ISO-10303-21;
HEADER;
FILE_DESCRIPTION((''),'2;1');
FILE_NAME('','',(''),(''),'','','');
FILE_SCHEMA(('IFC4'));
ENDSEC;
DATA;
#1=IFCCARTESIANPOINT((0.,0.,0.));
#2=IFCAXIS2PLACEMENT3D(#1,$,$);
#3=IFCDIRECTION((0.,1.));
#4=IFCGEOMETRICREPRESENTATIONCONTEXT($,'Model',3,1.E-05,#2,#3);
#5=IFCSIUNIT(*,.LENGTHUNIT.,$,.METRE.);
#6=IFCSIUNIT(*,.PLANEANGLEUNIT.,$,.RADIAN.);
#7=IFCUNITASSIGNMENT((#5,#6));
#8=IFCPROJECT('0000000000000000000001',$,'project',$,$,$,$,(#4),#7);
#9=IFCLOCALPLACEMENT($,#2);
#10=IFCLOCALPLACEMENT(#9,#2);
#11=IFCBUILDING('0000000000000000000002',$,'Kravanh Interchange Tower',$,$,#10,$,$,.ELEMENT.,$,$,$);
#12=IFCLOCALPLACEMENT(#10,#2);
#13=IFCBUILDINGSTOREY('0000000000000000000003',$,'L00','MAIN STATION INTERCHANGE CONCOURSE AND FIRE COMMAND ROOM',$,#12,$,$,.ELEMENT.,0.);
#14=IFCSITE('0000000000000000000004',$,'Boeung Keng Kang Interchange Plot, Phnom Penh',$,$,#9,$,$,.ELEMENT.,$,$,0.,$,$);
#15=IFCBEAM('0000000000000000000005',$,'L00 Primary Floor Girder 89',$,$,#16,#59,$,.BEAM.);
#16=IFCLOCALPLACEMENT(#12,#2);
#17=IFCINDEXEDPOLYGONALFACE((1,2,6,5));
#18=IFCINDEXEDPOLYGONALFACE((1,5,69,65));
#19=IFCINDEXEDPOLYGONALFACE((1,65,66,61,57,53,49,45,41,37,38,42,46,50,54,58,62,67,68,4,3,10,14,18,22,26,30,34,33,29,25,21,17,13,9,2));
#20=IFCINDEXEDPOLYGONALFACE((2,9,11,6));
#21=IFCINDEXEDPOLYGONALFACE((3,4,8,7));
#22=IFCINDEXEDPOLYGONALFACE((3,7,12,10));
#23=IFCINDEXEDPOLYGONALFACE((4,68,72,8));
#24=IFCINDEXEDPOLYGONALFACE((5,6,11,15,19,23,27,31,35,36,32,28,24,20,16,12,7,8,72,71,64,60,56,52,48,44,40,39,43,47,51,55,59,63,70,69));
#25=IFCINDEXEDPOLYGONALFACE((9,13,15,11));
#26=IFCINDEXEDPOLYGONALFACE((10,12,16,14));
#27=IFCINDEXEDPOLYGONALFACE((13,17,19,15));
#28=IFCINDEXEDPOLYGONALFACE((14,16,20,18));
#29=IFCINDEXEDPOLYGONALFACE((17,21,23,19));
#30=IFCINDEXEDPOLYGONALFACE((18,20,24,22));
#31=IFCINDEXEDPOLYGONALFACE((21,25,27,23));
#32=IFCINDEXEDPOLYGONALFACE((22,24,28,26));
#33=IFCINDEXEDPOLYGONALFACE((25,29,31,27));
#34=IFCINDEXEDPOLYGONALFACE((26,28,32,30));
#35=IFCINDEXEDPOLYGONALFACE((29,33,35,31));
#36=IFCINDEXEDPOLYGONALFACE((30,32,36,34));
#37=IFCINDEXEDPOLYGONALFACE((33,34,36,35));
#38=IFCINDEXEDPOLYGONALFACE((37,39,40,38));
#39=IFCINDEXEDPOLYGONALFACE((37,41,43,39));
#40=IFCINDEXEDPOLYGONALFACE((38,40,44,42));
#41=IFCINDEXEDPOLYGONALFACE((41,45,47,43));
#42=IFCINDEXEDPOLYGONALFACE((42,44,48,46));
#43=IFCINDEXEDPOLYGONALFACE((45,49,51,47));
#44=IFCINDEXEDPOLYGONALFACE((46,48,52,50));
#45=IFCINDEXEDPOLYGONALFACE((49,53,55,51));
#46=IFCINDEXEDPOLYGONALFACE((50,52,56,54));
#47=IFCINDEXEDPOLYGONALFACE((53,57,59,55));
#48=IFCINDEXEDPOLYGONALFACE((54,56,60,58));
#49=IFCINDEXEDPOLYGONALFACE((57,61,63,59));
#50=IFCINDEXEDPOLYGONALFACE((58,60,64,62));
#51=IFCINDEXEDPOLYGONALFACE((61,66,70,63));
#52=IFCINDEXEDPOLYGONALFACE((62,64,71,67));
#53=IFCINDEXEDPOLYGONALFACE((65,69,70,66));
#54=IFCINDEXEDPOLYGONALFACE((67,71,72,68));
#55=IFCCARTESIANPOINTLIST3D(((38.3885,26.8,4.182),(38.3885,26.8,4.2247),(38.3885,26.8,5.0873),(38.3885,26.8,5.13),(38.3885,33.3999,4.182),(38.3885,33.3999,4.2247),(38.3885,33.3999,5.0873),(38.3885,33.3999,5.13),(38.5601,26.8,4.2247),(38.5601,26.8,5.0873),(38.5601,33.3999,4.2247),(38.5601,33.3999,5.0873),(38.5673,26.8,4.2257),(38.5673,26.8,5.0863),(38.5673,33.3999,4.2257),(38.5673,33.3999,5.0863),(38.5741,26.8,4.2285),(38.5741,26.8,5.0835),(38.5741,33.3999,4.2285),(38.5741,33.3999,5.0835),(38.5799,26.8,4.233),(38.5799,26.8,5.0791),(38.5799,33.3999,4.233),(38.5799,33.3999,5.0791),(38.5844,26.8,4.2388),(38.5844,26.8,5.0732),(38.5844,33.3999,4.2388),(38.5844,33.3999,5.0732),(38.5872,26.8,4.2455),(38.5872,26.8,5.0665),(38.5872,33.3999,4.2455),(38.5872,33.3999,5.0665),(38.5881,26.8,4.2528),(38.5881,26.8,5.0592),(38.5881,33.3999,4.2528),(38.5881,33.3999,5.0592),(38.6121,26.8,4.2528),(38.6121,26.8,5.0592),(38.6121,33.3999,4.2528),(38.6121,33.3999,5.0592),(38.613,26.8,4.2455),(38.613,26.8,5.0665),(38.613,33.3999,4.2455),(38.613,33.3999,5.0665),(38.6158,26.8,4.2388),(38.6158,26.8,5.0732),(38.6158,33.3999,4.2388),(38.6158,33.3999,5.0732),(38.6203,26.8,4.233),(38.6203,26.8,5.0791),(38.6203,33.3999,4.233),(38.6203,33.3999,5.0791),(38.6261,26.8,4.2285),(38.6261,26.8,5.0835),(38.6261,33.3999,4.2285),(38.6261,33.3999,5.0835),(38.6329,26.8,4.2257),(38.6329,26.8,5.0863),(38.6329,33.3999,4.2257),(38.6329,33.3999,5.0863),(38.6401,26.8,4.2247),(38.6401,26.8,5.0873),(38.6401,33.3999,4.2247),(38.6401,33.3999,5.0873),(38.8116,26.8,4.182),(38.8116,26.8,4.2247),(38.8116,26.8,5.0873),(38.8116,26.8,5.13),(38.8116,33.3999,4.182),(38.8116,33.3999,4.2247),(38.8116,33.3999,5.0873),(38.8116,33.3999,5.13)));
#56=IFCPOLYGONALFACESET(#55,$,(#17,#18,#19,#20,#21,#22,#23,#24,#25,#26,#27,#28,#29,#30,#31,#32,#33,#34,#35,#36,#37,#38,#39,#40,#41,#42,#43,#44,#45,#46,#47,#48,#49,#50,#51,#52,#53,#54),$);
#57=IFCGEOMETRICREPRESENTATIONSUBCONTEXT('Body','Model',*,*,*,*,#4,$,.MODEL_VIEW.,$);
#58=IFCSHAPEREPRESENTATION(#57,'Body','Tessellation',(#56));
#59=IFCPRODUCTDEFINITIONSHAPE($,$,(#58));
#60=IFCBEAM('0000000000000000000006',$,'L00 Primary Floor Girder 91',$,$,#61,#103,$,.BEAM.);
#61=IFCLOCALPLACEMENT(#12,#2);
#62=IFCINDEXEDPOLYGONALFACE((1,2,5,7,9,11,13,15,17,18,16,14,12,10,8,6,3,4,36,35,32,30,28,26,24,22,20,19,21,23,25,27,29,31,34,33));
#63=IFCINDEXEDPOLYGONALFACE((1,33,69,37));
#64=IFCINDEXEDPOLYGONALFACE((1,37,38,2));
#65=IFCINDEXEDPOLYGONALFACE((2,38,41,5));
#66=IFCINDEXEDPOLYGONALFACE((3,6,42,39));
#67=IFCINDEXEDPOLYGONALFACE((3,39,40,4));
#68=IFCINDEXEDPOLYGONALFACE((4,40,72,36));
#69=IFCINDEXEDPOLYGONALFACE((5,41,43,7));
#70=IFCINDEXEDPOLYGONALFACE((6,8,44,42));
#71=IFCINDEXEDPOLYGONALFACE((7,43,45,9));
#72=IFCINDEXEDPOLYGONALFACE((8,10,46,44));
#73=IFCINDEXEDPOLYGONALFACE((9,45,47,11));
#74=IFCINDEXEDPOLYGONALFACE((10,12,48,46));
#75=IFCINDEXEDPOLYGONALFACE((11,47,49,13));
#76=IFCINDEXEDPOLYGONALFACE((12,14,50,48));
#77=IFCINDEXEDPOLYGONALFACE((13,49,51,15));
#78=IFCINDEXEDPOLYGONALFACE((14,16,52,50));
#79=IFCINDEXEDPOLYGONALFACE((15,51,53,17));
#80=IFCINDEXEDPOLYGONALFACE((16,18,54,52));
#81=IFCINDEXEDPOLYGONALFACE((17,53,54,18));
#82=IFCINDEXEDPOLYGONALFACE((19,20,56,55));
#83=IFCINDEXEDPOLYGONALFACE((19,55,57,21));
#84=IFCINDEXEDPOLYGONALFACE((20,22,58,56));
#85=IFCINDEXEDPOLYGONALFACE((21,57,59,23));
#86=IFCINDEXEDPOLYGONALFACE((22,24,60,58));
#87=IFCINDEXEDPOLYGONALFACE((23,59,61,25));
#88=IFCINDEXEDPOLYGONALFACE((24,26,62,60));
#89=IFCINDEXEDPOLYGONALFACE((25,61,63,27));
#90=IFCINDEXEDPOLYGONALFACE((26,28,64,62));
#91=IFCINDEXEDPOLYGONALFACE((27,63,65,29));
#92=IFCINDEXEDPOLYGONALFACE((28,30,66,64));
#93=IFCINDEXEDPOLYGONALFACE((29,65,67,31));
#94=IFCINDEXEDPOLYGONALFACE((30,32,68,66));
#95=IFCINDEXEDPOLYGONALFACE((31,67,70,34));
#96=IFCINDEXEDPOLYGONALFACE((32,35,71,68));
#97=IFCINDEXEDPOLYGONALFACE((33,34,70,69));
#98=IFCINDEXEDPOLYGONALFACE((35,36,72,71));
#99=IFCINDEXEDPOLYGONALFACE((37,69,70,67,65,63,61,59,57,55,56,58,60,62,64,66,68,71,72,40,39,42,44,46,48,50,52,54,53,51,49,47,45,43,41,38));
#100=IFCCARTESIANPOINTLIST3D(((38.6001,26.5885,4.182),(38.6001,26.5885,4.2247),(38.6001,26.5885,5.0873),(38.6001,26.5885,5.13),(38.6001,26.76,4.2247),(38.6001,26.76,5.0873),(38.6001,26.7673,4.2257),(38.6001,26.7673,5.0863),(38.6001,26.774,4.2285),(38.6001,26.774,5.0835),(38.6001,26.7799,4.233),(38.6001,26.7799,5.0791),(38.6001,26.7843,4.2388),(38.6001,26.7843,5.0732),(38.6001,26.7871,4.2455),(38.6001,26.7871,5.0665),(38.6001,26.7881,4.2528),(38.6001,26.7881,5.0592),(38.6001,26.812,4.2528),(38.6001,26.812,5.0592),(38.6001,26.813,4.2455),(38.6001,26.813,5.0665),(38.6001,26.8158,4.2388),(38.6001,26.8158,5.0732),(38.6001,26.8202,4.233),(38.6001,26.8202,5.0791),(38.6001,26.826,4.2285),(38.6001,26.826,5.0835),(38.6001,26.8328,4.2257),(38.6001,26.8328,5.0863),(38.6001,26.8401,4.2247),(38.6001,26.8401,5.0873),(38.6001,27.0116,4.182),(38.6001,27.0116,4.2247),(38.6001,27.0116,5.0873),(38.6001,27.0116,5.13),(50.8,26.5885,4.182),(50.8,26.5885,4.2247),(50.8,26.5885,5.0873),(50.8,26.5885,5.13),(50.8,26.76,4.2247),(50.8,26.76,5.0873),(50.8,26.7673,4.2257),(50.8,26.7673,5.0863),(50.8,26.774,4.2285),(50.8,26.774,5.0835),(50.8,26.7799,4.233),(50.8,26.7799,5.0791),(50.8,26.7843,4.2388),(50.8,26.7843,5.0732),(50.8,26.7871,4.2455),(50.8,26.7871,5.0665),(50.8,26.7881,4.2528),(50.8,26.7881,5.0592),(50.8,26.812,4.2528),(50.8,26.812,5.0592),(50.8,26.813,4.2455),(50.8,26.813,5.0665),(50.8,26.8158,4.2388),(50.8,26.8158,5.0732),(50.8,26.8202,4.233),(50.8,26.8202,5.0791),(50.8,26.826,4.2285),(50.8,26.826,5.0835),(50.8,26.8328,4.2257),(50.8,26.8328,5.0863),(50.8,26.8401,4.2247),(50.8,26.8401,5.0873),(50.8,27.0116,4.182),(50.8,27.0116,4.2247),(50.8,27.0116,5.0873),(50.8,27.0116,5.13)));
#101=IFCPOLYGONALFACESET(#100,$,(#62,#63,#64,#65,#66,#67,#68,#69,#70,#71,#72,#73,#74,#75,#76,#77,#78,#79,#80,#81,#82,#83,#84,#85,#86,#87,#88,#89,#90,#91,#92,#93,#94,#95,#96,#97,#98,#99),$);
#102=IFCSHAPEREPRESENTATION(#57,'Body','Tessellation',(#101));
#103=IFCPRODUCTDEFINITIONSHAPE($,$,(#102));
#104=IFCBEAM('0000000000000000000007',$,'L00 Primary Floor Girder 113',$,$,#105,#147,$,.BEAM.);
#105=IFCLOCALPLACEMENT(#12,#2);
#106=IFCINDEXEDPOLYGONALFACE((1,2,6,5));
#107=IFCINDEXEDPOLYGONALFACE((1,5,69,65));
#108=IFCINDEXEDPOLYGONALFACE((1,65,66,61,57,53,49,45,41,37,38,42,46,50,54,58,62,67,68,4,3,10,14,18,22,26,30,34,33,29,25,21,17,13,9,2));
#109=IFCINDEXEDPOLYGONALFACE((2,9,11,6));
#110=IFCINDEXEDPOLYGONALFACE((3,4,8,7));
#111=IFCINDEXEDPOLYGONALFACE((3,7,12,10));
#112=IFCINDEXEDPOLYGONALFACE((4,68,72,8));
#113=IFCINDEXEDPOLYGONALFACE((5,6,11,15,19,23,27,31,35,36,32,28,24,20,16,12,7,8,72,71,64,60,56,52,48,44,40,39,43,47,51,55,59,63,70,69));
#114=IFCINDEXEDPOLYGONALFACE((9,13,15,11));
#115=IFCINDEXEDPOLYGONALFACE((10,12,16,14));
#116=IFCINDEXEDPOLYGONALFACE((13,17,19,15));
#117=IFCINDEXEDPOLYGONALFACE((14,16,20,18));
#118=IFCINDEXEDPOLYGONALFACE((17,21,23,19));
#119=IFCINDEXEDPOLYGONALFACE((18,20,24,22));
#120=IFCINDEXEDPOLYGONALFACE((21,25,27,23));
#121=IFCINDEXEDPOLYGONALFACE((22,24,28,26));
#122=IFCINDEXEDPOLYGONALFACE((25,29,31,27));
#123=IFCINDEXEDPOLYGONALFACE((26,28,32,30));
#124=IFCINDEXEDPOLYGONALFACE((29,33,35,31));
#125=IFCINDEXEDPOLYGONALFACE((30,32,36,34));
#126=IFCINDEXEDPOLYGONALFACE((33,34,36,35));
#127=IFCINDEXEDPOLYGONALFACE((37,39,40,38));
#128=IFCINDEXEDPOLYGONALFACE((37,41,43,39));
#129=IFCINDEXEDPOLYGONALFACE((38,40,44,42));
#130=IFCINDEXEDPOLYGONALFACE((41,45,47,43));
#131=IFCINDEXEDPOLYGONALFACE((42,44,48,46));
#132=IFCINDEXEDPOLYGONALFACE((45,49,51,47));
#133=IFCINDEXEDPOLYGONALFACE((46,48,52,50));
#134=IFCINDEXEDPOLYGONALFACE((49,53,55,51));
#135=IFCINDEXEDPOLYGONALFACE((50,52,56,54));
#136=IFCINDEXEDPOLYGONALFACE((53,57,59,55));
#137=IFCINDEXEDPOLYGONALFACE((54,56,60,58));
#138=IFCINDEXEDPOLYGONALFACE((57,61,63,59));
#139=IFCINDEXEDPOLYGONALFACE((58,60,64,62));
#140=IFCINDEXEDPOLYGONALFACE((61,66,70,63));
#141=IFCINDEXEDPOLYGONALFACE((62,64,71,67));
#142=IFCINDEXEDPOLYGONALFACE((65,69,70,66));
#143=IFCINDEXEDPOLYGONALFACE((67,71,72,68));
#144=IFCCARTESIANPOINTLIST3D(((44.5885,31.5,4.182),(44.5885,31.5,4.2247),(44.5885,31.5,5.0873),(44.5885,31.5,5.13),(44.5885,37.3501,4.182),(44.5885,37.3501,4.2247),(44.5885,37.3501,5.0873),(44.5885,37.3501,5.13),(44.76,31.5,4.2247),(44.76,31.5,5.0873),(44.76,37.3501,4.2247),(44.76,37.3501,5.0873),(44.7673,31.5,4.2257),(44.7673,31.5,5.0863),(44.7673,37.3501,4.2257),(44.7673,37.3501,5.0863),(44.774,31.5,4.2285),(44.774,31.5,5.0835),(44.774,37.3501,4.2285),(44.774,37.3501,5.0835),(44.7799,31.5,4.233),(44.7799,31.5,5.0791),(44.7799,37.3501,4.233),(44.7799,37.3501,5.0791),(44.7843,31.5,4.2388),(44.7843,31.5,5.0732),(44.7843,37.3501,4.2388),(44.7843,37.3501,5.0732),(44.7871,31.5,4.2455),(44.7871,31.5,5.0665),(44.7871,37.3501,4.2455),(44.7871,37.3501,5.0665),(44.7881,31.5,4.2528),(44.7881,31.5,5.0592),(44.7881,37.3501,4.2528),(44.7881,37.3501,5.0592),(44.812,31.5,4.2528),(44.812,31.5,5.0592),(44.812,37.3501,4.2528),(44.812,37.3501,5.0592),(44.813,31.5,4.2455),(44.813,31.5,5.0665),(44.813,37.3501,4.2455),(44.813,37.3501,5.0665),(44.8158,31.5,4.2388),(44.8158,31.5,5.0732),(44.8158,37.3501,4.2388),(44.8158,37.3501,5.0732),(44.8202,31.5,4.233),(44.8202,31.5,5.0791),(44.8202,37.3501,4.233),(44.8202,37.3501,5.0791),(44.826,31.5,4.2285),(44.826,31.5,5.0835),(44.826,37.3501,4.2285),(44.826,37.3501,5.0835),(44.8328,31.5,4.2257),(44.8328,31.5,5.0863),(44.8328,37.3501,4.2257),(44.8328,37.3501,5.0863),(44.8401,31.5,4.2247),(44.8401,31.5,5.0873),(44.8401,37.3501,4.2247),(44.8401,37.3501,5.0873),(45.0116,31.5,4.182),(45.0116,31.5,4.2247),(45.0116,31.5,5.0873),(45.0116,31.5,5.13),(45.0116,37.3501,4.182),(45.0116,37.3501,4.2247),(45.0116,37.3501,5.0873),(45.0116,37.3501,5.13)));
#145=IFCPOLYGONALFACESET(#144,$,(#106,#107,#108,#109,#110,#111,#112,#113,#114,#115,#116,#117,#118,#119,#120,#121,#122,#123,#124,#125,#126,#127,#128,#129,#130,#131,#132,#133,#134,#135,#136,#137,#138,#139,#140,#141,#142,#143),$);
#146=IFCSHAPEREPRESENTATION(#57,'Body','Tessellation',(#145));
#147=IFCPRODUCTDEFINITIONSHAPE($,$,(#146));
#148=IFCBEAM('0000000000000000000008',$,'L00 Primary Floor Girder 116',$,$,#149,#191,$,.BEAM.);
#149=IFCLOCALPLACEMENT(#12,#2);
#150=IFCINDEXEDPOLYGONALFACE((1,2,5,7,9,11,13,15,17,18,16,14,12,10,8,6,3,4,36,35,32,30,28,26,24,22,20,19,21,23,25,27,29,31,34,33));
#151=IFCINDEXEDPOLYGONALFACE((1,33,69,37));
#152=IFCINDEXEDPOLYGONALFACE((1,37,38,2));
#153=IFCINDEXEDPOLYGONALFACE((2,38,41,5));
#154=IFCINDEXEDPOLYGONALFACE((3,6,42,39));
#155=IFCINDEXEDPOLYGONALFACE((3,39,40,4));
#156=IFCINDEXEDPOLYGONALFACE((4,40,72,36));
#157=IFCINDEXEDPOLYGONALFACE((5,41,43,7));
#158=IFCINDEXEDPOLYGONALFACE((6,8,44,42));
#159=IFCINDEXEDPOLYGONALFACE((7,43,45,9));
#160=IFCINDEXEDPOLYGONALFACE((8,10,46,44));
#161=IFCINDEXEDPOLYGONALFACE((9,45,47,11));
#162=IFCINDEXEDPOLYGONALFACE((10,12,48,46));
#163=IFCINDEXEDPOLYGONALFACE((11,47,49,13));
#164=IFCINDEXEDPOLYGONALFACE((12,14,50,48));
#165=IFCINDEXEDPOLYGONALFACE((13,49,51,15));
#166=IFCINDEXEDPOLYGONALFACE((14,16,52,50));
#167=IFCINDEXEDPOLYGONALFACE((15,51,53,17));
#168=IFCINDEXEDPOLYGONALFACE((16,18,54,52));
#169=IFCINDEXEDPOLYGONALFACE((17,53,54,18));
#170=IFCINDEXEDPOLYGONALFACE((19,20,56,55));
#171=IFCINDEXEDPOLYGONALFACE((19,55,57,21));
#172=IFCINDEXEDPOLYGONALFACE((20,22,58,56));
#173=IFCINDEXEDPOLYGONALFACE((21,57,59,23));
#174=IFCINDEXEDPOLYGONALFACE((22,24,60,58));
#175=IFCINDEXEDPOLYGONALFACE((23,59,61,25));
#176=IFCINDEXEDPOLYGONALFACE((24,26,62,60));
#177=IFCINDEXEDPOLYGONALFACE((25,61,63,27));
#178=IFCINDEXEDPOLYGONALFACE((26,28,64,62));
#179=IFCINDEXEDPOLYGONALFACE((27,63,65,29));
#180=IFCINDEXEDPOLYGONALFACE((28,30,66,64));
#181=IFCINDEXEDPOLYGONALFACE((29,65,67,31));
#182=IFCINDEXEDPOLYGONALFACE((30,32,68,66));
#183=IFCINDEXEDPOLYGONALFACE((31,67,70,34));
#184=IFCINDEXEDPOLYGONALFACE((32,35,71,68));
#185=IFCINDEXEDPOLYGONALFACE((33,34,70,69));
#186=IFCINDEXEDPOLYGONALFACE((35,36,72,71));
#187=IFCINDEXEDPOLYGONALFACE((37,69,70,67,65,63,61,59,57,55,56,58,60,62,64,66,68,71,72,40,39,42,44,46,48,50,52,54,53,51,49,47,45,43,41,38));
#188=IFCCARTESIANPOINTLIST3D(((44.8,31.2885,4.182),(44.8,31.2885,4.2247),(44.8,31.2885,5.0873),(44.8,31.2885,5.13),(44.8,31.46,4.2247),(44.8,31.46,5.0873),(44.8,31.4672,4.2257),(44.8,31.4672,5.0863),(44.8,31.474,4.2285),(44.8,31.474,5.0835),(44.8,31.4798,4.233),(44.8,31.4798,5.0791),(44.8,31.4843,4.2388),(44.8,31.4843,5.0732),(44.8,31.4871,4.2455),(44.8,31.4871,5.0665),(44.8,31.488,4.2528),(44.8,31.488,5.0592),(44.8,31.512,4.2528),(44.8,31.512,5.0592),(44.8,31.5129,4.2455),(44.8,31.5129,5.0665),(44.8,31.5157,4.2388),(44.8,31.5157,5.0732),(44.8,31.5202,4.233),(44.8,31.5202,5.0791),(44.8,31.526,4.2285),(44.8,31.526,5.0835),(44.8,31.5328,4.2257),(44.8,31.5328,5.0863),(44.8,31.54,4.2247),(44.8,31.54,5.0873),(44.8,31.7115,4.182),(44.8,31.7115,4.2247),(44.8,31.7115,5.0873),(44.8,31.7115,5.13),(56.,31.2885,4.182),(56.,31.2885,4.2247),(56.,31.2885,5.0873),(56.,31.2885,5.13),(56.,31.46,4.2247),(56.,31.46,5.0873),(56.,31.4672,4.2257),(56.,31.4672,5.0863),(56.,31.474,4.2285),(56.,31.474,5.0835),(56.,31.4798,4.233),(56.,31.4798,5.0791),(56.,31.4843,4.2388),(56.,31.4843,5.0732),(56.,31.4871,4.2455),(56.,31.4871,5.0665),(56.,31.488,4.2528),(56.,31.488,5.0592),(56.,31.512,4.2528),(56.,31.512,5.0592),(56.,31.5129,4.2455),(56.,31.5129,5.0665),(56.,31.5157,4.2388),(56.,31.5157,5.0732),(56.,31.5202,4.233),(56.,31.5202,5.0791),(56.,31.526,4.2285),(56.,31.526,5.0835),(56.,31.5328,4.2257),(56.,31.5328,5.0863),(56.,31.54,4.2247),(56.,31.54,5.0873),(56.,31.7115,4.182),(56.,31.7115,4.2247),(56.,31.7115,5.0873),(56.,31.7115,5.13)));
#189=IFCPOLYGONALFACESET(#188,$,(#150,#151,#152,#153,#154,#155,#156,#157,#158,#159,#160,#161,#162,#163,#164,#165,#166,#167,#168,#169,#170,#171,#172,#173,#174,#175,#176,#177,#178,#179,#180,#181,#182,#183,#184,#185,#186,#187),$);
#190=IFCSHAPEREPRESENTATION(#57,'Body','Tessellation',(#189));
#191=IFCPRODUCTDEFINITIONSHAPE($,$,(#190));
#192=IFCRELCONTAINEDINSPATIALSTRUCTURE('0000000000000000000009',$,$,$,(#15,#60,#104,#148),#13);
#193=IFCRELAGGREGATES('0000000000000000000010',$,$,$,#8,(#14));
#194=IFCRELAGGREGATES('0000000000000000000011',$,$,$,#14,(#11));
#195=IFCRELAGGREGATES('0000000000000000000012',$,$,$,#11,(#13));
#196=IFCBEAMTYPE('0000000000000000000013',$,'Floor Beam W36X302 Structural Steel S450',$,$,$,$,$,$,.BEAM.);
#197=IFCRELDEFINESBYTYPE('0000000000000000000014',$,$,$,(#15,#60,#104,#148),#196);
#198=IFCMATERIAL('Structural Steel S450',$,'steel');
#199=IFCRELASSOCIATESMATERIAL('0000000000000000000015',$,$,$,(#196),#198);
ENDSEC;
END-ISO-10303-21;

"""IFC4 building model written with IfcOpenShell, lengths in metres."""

from ifc_helpers import new_model, si_unit, direction, frame, origin, origin_2d, place, context, subcontext, project, spatial, i_section, extrude, material, material_profile, profile_set, type_object, element, save


model = new_model("IFC4")

# Units and contexts
model_context = context("Model", 3, precision=1e-05, world=origin(), true_north=direction((0.0, 1.0)))
body_context = subcontext(model_context, "Body", "Model", "MODEL_VIEW")
ifc_project = project(units=[si_unit("LENGTHUNIT", "METRE"), si_unit("PLANEANGLEUNIT", "RADIAN")], contexts=[model_context])

# Site, building, storey
site_placement = place(None, origin())
site = spatial("IfcSite", under=ifc_project, at=site_placement, Name="Boeung Keng Kang Interchange Plot, Phnom Penh", CompositionType="ELEMENT", RefElevation=0.0)
building_placement = place(site_placement, origin())
building = spatial("IfcBuilding", under=site, at=building_placement, Name="Kravanh Interchange Tower", CompositionType="ELEMENT")
storey_placement = place(building_placement, origin())
storey = spatial("IfcBuildingStorey", under=building, at=storey_placement, Name="L00", Description="MAIN STATION INTERCHANGE CONCOURSE AND FIRE COMMAND ROOM", CompositionType="ELEMENT", Elevation=0.0)

# Beams
ifc_material_1 = material(Name="Structural Steel S450", Category="steel")
ifc_material_profile_1 = material_profile(ifc_material_1, i_section(OverallWidth=0.4231, OverallDepth=0.948, WebThickness=0.0239, FlangeThickness=0.0427, FilletRadius=0.0281, at=origin_2d()), Name="W36X302")
ifc_profile_set_1 = profile_set([ifc_material_profile_1], Name="Structural Steel S450")
beam_type_1 = type_object("IfcBeamType", Name="Floor Beam W36X302 Structural Steel S450", PredefinedType="BEAM", material=ifc_profile_set_1)
beam_1_placement = place(storey_placement, frame((38.6001, 26.8, 4.656), z_axis=(0.0, 1.0, 0.0), x_axis=(-1.0, 0.0, 0.0)))
element("IfcBeam", 1, at=beam_1_placement, inside=storey, type_object=beam_type_1, Name="L00 Primary Floor Girder 89", PredefinedType="BEAM", context=body_context, shape_type="SweptSolid", body=[
    extrude(i_section(OverallWidth=0.4231, OverallDepth=0.948, WebThickness=0.0239, FlangeThickness=0.0427, FilletRadius=0.0281, at=origin_2d()), origin(), (0.0, 0.0, 1.0), 6.5999),
])
beam_2_placement = place(storey_placement, frame((38.6001, 26.8, 4.656), z_axis=(1.0, 0.0, 0.0), x_axis=(0.0, 1.0, 0.0)))
element("IfcBeam", 2, at=beam_2_placement, inside=storey, type_object=beam_type_1, Name="L00 Primary Floor Girder 91", PredefinedType="BEAM", context=body_context, shape_type="SweptSolid", body=[
    extrude(i_section(OverallWidth=0.4231, OverallDepth=0.948, WebThickness=0.0239, FlangeThickness=0.0427, FilletRadius=0.0281, at=origin_2d()), origin(), (0.0, 0.0, 1.0), 12.2),
])
beam_3_placement = place(storey_placement, frame((44.8, 31.5, 4.656), z_axis=(0.0, 1.0, 0.0), x_axis=(-1.0, 0.0, 0.0)))
element("IfcBeam", 3, at=beam_3_placement, inside=storey, type_object=beam_type_1, Name="L00 Primary Floor Girder 113", PredefinedType="BEAM", context=body_context, shape_type="SweptSolid", body=[
    extrude(i_section(OverallWidth=0.4231, OverallDepth=0.948, WebThickness=0.0239, FlangeThickness=0.0427, FilletRadius=0.0281, at=origin_2d()), origin(), (0.0, 0.0, 1.0), 5.8501),
])
beam_4_placement = place(storey_placement, frame((44.8, 31.5, 4.656), z_axis=(1.0, 0.0, 0.0), x_axis=(0.0, 1.0, 0.0)))
element("IfcBeam", 4, at=beam_4_placement, inside=storey, type_object=beam_type_1, Name="L00 Primary Floor Girder 116", PredefinedType="BEAM", context=body_context, shape_type="SweptSolid", body=[
    extrude(i_section(OverallWidth=0.4231, OverallDepth=0.948, WebThickness=0.0239, FlangeThickness=0.0427, FilletRadius=0.0281, at=origin_2d()), origin(), (0.0, 0.0, 1.0), 11.2),
])

save(model, "model.ifc")
